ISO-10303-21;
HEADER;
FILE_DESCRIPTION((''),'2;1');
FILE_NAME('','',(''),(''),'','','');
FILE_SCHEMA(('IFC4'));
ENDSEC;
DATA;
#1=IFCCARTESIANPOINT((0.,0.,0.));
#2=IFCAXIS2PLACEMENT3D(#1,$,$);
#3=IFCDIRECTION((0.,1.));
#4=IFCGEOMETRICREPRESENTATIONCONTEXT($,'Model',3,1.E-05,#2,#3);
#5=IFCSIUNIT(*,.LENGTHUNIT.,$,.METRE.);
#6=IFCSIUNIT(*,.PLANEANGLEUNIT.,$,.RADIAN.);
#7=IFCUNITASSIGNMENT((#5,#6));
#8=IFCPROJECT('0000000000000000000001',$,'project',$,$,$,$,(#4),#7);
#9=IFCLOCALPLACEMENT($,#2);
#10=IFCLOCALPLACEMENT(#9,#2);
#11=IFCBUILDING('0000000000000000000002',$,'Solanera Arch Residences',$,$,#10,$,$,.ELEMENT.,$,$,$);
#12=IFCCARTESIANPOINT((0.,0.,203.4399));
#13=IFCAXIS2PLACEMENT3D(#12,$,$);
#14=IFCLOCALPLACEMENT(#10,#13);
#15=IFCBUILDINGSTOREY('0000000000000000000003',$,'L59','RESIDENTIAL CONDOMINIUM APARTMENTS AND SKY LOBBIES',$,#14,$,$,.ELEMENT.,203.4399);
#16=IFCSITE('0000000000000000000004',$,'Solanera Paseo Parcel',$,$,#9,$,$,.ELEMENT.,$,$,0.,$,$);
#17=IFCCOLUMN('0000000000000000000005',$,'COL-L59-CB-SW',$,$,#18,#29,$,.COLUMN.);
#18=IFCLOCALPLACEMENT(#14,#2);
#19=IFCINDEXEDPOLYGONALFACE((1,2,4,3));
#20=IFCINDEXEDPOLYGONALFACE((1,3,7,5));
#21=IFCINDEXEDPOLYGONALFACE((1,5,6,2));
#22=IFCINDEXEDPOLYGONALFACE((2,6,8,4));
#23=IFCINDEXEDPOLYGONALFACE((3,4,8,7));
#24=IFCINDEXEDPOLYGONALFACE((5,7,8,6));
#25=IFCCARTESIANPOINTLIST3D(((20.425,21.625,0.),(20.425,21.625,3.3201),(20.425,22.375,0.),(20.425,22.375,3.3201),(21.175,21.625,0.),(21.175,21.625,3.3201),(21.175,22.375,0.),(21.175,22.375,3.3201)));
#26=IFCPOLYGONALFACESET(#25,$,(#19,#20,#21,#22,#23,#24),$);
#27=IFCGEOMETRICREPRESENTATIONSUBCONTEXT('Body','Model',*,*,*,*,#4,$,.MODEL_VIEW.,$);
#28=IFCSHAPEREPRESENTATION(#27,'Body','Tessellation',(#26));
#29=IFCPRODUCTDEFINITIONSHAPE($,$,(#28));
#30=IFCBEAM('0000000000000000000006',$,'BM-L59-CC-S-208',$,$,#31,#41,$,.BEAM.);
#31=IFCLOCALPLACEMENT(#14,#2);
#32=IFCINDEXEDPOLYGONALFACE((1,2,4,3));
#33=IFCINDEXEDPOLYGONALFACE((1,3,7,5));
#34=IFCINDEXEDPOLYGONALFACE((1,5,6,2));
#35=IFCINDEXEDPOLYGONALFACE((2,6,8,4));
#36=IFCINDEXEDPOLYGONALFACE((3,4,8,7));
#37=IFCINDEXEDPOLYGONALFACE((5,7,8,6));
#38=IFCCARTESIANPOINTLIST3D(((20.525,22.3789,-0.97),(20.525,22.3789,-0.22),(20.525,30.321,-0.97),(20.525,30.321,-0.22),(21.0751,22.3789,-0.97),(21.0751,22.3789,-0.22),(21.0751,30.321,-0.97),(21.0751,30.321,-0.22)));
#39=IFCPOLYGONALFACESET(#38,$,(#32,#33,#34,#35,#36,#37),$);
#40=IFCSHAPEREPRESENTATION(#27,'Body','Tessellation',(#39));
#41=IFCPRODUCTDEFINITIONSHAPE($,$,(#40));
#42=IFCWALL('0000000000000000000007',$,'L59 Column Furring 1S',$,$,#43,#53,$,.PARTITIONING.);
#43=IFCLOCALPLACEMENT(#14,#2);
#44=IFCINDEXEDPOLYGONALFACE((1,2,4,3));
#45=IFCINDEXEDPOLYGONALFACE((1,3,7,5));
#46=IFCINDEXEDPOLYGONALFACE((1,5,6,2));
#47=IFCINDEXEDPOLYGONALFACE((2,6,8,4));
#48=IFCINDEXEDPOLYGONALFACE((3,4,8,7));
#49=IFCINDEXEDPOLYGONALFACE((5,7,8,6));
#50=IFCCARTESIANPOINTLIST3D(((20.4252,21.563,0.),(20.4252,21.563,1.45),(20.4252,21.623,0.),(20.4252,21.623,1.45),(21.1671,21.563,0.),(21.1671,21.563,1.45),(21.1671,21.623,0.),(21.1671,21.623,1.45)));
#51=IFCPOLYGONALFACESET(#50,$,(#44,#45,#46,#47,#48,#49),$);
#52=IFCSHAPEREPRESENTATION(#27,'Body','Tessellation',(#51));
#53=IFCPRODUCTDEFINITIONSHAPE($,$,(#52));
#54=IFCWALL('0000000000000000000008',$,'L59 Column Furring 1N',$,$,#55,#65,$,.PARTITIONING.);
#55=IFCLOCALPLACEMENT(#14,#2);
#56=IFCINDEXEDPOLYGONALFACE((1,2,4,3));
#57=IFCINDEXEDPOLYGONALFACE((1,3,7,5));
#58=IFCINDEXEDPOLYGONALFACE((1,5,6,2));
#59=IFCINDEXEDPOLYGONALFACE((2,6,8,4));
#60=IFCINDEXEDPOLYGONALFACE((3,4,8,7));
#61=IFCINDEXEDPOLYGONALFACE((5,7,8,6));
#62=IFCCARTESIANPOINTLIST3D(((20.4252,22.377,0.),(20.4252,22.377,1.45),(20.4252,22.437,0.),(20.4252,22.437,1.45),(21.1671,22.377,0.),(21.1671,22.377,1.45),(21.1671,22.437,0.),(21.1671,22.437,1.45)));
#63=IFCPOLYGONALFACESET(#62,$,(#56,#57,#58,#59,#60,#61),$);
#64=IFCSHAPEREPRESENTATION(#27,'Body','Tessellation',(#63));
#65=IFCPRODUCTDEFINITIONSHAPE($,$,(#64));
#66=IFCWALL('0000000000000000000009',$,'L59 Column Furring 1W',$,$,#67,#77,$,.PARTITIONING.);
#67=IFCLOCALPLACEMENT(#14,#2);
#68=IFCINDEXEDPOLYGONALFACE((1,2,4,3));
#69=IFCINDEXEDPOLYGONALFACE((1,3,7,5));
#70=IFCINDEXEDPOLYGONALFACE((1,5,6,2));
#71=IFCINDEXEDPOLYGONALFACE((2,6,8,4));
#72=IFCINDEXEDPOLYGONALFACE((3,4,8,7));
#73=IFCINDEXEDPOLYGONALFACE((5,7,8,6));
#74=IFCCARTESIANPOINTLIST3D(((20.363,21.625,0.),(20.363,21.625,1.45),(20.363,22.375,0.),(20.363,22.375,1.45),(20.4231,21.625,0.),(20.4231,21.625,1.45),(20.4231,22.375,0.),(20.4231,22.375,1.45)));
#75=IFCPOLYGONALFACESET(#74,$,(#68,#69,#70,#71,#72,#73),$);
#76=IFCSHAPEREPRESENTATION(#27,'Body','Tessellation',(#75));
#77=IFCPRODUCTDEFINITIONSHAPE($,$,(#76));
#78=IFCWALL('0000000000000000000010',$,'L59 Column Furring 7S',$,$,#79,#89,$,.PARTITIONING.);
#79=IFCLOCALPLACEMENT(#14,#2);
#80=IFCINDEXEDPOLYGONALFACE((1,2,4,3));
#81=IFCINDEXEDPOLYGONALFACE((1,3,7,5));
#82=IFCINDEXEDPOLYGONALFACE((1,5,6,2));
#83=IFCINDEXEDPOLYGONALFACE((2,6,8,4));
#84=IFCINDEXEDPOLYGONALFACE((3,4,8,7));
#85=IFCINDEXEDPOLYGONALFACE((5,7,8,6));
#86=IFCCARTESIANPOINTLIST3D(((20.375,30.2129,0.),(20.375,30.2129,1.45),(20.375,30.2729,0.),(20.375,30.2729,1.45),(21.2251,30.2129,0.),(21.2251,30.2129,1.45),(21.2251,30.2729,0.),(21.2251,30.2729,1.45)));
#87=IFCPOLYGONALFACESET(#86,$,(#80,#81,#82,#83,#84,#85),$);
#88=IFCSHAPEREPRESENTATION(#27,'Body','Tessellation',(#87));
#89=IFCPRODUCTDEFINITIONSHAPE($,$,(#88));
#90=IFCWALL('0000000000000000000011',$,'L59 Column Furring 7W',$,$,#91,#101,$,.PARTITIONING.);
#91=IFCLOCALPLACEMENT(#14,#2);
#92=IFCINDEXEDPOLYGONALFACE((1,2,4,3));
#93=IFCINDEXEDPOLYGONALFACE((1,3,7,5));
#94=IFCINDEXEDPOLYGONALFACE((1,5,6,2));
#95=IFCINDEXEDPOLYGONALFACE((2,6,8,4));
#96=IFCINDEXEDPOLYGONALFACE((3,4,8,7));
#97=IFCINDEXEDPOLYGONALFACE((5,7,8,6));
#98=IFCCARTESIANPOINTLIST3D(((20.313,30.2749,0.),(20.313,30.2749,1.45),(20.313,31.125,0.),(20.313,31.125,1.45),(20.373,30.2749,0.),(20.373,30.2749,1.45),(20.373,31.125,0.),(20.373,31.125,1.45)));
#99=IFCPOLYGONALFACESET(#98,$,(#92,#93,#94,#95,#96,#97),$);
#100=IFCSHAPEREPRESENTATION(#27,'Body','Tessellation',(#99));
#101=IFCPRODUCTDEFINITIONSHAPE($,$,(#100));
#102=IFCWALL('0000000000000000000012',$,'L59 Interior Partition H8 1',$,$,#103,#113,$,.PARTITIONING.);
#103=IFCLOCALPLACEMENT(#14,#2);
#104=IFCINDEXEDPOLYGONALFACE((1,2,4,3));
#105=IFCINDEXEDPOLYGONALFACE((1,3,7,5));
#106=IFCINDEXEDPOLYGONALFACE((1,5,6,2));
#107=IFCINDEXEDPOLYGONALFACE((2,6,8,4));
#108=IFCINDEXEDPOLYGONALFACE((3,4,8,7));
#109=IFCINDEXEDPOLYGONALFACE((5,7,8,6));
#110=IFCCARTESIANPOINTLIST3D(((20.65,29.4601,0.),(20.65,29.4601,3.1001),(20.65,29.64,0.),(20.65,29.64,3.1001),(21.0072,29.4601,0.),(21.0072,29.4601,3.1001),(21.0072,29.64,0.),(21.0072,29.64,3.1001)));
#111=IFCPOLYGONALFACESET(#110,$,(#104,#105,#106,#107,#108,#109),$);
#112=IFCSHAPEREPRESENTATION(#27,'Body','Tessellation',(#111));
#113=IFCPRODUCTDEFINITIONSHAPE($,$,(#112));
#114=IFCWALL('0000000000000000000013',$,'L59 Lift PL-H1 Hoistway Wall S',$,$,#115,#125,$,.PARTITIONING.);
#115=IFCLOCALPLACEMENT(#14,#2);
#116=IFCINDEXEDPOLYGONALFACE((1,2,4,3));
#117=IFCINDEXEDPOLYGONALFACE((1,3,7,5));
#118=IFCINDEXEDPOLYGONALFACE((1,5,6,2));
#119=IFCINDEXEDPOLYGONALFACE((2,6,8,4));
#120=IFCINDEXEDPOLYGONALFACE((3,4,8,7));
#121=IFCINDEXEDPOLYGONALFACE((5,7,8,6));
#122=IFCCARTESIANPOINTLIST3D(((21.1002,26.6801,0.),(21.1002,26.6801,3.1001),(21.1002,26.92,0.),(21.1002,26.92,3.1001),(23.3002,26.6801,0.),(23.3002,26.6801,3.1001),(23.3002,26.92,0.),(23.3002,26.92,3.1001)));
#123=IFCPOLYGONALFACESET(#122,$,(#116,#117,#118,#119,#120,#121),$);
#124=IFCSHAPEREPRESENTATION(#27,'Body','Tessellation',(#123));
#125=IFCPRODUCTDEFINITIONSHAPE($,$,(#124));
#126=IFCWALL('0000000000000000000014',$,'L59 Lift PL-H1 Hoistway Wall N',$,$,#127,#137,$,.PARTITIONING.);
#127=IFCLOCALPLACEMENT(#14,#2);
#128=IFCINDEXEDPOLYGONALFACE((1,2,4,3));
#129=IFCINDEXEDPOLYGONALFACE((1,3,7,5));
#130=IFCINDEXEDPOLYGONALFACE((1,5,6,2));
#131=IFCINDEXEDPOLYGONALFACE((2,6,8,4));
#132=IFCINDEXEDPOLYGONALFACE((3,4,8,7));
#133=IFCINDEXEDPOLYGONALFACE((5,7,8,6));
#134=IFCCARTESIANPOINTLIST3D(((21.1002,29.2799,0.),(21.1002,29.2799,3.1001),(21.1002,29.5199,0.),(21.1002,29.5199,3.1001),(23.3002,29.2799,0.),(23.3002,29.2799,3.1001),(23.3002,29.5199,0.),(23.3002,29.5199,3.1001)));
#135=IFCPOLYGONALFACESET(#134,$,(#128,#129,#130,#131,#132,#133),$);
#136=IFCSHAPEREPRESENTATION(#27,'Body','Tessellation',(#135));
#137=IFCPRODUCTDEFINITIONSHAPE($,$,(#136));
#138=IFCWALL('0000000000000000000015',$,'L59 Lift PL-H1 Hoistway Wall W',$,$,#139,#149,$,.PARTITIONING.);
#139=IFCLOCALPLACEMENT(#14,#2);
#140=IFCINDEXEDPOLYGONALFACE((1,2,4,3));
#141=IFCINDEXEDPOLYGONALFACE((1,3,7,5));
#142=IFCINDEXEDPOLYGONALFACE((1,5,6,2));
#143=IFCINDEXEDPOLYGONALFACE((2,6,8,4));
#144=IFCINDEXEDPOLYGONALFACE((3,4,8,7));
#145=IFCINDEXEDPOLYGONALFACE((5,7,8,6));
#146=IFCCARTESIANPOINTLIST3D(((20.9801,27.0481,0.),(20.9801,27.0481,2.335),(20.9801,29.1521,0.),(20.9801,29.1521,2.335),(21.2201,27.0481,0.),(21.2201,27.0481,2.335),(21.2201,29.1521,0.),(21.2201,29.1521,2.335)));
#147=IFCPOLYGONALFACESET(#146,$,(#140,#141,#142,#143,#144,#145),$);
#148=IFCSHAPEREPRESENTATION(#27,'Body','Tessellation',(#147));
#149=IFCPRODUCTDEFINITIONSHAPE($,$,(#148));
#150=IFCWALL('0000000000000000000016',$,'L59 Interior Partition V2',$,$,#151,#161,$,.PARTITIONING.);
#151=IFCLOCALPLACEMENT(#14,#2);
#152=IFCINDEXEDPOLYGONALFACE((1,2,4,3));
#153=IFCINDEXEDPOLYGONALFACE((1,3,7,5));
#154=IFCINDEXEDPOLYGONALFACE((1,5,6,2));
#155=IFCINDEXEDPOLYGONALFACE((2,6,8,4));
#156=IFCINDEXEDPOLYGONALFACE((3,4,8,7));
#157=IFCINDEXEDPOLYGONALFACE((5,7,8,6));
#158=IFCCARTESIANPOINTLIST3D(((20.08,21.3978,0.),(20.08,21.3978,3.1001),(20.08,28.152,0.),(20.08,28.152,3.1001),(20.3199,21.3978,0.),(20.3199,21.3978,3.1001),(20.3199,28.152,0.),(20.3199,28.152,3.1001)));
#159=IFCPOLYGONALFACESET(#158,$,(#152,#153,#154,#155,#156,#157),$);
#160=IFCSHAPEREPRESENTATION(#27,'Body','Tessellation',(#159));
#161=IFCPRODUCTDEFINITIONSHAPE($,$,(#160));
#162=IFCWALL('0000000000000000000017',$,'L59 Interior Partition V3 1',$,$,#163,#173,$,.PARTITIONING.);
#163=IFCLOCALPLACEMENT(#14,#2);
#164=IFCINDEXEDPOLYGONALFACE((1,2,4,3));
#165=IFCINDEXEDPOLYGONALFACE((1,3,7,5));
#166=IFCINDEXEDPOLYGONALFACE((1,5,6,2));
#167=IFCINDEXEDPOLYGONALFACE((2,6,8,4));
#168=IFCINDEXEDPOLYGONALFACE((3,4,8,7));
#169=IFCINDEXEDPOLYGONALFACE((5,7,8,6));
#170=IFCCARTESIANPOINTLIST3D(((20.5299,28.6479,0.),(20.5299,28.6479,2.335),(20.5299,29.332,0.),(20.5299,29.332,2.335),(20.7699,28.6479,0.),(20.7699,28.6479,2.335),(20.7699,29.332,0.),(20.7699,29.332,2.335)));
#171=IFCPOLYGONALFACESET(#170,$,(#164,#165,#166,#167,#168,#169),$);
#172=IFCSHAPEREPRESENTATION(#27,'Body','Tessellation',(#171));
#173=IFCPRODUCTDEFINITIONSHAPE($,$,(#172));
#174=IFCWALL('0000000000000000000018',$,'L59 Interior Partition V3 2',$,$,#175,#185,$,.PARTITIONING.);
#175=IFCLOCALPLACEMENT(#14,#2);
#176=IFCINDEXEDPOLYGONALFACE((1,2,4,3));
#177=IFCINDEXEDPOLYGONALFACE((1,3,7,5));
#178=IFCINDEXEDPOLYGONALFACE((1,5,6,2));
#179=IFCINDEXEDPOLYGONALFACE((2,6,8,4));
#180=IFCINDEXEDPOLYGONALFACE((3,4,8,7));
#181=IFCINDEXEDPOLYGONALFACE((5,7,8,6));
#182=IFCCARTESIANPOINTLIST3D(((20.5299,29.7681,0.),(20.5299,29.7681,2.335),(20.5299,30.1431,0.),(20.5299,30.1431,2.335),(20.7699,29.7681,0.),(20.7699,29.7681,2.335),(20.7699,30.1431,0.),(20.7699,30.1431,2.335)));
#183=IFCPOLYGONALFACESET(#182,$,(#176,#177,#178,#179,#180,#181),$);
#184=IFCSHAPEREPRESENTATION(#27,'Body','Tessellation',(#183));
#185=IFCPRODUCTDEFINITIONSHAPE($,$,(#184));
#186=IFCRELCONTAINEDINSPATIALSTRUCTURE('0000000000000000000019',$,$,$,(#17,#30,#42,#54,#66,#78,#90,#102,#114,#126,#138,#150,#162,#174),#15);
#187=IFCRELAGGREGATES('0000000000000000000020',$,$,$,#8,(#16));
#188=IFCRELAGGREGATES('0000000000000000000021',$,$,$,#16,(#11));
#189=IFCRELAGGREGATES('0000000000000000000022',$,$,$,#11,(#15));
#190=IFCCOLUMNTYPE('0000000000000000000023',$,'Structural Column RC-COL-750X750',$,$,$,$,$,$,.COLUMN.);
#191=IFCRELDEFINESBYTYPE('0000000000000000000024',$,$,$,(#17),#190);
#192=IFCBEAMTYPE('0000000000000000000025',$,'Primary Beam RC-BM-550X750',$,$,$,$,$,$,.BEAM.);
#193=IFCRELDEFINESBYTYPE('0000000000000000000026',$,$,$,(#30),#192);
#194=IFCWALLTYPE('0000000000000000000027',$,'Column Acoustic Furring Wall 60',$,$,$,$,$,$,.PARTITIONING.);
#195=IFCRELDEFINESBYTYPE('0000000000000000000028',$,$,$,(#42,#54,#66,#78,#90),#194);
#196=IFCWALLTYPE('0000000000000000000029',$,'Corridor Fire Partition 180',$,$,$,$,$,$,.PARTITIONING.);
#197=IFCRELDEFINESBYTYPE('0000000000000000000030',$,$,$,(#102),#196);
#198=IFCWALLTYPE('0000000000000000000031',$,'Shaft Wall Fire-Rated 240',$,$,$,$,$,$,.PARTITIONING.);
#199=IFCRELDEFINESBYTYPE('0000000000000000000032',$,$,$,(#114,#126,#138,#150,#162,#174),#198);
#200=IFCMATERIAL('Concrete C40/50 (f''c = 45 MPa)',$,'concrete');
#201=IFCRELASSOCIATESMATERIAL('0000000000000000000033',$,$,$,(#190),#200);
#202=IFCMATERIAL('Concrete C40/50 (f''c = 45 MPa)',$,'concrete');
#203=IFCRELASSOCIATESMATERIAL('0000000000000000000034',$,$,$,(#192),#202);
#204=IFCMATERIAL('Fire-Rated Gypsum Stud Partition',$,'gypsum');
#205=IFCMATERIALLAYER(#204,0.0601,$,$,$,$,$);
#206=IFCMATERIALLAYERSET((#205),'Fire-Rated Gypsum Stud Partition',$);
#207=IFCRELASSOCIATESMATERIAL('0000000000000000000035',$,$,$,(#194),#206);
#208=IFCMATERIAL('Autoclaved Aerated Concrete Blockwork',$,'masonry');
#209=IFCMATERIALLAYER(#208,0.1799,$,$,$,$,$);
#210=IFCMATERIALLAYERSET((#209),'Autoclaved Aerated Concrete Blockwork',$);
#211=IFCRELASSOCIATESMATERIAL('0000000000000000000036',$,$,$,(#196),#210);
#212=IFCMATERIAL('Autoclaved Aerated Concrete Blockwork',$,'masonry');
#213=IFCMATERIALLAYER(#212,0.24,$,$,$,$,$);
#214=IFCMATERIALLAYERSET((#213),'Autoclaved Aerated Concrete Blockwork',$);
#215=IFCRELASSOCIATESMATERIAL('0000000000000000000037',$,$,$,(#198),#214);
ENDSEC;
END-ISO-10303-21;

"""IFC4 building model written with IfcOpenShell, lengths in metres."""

from ifc_helpers import new_model, si_unit, direction, frame, frame_2d, origin, origin_2d, place, context, subcontext, project, spatial, rectangle, extrude, material, layer, layer_set, material_profile, profile_set, type_object, element, save


model = new_model("IFC4")

# Units and contexts
model_context = context("Model", 3, precision=1e-05, world=origin(), true_north=direction((0.0, 1.0)))
body_context = subcontext(model_context, "Body", "Model", "MODEL_VIEW")
ifc_project = project(units=[si_unit("LENGTHUNIT", "METRE"), si_unit("PLANEANGLEUNIT", "RADIAN")], contexts=[model_context])

# Site, building, storey
site_placement = place(None, origin())
site = spatial("IfcSite", under=ifc_project, at=site_placement, Name="Solanera Paseo Parcel", CompositionType="ELEMENT", RefElevation=0.0)
building_placement = place(site_placement, origin())
building = spatial("IfcBuilding", under=site, at=building_placement, Name="Solanera Arch Residences", CompositionType="ELEMENT")
storey_placement = place(building_placement, frame((0.0, 0.0, 203.4399)))
storey = spatial("IfcBuildingStorey", under=building, at=storey_placement, Name="L59", Description="RESIDENTIAL CONDOMINIUM APARTMENTS AND SKY LOBBIES", CompositionType="ELEMENT", Elevation=203.4399)

# Column
ifc_material_1 = material(Name="Concrete C40/50 (f'c = 45 MPa)", Category="concrete")
ifc_material_profile_1 = material_profile(ifc_material_1, rectangle(XDim=0.75, YDim=0.75, at=origin_2d()))
ifc_profile_set_1 = profile_set([ifc_material_profile_1], Name="Concrete C40/50 (f'c = 45 MPa)")
column_type = type_object("IfcColumnType", Name="Structural Column RC-COL-750X750", PredefinedType="COLUMN", material=ifc_profile_set_1)
column_placement = place(storey_placement, frame((20.8, 22.0, 0.0), z_axis=(0.0, 0.0, 1.0), x_axis=(1.0, 0.0, 0.0)))
element("IfcColumn", 1, at=column_placement, inside=storey, type_object=column_type, Name="COL-L59-CB-SW", PredefinedType="COLUMN", context=body_context, shape_type="SweptSolid", body=[
    extrude(rectangle(XDim=0.75, YDim=0.75, at=origin_2d()), origin(), (0.0, 0.0, 1.0), 3.3201),
])

# Beam
ifc_material_2 = material(Name="Concrete C40/50 (f'c = 45 MPa)", Category="concrete")
ifc_material_profile_2 = material_profile(ifc_material_2, rectangle(XDim=0.55, YDim=0.75, at=origin_2d()))
ifc_profile_set_2 = profile_set([ifc_material_profile_2], Name="Concrete C40/50 (f'c = 45 MPa)")
beam_type = type_object("IfcBeamType", Name="Primary Beam RC-BM-550X750", PredefinedType="BEAM", material=ifc_profile_set_2)
beam_placement = place(storey_placement, frame((20.8, 22.3789, -0.595), z_axis=(0.0, 1.0, 0.0), x_axis=(-1.0, 0.0, 0.0)))
element("IfcBeam", 2, at=beam_placement, inside=storey, type_object=beam_type, Name="BM-L59-CC-S-208", PredefinedType="BEAM", context=body_context, shape_type="SweptSolid", body=[
    extrude(rectangle(XDim=0.55, YDim=0.75, at=origin_2d()), origin(), (0.0, 0.0, 1.0), 7.9421),
])

# Walls
ifc_material_3 = material(Name="Fire-Rated Gypsum Stud Partition", Category="gypsum")
ifc_layer_1 = layer(ifc_material_3, 0.0601)
ifc_layer_set_1 = layer_set([ifc_layer_1], Name="Fire-Rated Gypsum Stud Partition")
wall_type_1 = type_object("IfcWallType", Name="Column Acoustic Furring Wall 60", PredefinedType="PARTITIONING", material=ifc_layer_set_1)
for number, where, z_axis, x_axis, name in (
    (3, (20.425, 21.593, 0.0), (0.0, 0.0, 1.0), (1.0, 0.0, 0.0), "L59 Column Furring 1S"),
    (4, (20.425, 22.407, 0.0), (0.0, 0.0, 1.0), (1.0, 0.0, 0.0), "L59 Column Furring 1N"),
):
    element("IfcWall", number, at=place(storey_placement, frame(where, z_axis=z_axis, x_axis=x_axis)), inside=storey, type_object=wall_type_1, Name=name, PredefinedType="PARTITIONING", context=body_context, shape_type="SweptSolid", body=[
        extrude(rectangle(XDim=0.7419, YDim=0.0601, at=frame_2d((0.3711, 0.0))), origin(), (0.0, 0.0, 1.0), 1.45),
    ])
wall_1_placement = place(storey_placement, frame((20.3931, 21.625, 0.0), z_axis=(0.0, 0.0, 1.0), x_axis=(0.0, 1.0, 0.0)))
element("IfcWall", 5, at=wall_1_placement, inside=storey, type_object=wall_type_1, Name="L59 Column Furring 1W", PredefinedType="PARTITIONING", context=body_context, shape_type="SweptSolid", body=[
    extrude(rectangle(XDim=0.75, YDim=0.0601, at=frame_2d((0.375, 0.0))), origin(), (0.0, 0.0, 1.0), 1.45),
])
for number, where, z_axis, x_axis, name in (
    (6, (20.375, 30.2429, 0.0), (0.0, 0.0, 1.0), (1.0, 0.0, 0.0), "L59 Column Furring 7S"),
    (7, (20.343, 30.2749, 0.0), (0.0, 0.0, 1.0), (0.0, 1.0, 0.0), "L59 Column Furring 7W"),
):
    element("IfcWall", number, at=place(storey_placement, frame(where, z_axis=z_axis, x_axis=x_axis)), inside=storey, type_object=wall_type_1, Name=name, PredefinedType="PARTITIONING", context=body_context, shape_type="SweptSolid", body=[
        extrude(rectangle(XDim=0.8501, YDim=0.0601, at=frame_2d((0.425, 0.0))), origin(), (0.0, 0.0, 1.0), 1.45),
    ])

# Walls
ifc_material_4 = material(Name="Autoclaved Aerated Concrete Blockwork", Category="masonry")
ifc_layer_2 = layer(ifc_material_4, 0.1799)
ifc_layer_set_2 = layer_set([ifc_layer_2], Name="Autoclaved Aerated Concrete Blockwork")
wall_type_2 = type_object("IfcWallType", Name="Corridor Fire Partition 180", PredefinedType="PARTITIONING", material=ifc_layer_set_2)
wall_2_placement = place(storey_placement, frame((20.6499, 29.55, 0.0), z_axis=(0.0, 0.0, 1.0), x_axis=(1.0, 0.0, 0.0)))
element("IfcWall", 8, at=wall_2_placement, inside=storey, type_object=wall_type_2, Name="L59 Interior Partition H8 1", PredefinedType="PARTITIONING", context=body_context, shape_type="SweptSolid", body=[
    extrude(rectangle(XDim=0.3572, YDim=0.1799, at=frame_2d((0.1787, 0.0))), origin(), (0.0, 0.0, 1.0), 3.1001),
])
ifc_material_5 = material(Name="Autoclaved Aerated Concrete Blockwork", Category="masonry")
ifc_layer_3 = layer(ifc_material_5, 0.24)
ifc_layer_set_3 = layer_set([ifc_layer_3], Name="Autoclaved Aerated Concrete Blockwork")
wall_type_3 = type_object("IfcWallType", Name="Shaft Wall Fire-Rated 240", PredefinedType="PARTITIONING", material=ifc_layer_set_3)
for number, where, z_axis, x_axis, name in (
    (9, (21.1001, 26.8, 0.0), (0.0, 0.0, 1.0), (1.0, 0.0, 0.0), "L59 Lift PL-H1 Hoistway Wall S"),
    (10, (21.1001, 29.3999, 0.0), (0.0, 0.0, 1.0), (1.0, 0.0, 0.0), "L59 Lift PL-H1 Hoistway Wall N"),
):
    element("IfcWall", number, at=place(storey_placement, frame(where, z_axis=z_axis, x_axis=x_axis)), inside=storey, type_object=wall_type_3, Name=name, PredefinedType="PARTITIONING", context=body_context, shape_type="SweptSolid", body=[
        extrude(rectangle(XDim=2.2, YDim=0.24, at=frame_2d((1.1001, 0.0))), origin(), (0.0, 0.0, 1.0), 3.1001),
    ])
wall_3_placement = place(storey_placement, frame((21.1001, 27.0481, 0.0), z_axis=(0.0, 0.0, 1.0), x_axis=(0.0, 1.0, 0.0)))
element("IfcWall", 11, at=wall_3_placement, inside=storey, type_object=wall_type_3, Name="L59 Lift PL-H1 Hoistway Wall W", PredefinedType="PARTITIONING", context=body_context, shape_type="SweptSolid", body=[
    extrude(rectangle(XDim=2.104, YDim=0.24, at=frame_2d((1.052, 0.0))), origin(), (0.0, 0.0, 1.0), 2.335),
])

# Walls
wall_4_placement = place(storey_placement, frame((20.2, 21.3979, 0.0), z_axis=(0.0, 0.0, 1.0), x_axis=(0.0, 1.0, 0.0)))
element("IfcWall", 12, at=wall_4_placement, inside=storey, type_object=wall_type_3, Name="L59 Interior Partition V2", PredefinedType="PARTITIONING", context=body_context, shape_type="SweptSolid", body=[
    extrude(rectangle(XDim=6.7542, YDim=0.24, at=frame_2d((3.377, 0.0))), origin(), (0.0, 0.0, 1.0), 3.1001),
])
wall_5_placement = place(storey_placement, frame((20.6499, 28.6479, 0.0), z_axis=(0.0, 0.0, 1.0), x_axis=(0.0, 1.0, 0.0)))
element("IfcWall", 13, at=wall_5_placement, inside=storey, type_object=wall_type_3, Name="L59 Interior Partition V3 1", PredefinedType="PARTITIONING", context=body_context, shape_type="SweptSolid", body=[
    extrude(rectangle(XDim=0.6841, YDim=0.24, at=frame_2d((0.342, 0.0))), origin(), (0.0, 0.0, 1.0), 2.335),
])
wall_6_placement = place(storey_placement, frame((20.6499, 29.7681, 0.0), z_axis=(0.0, 0.0, 1.0), x_axis=(0.0, 1.0, 0.0)))
element("IfcWall", 14, at=wall_6_placement, inside=storey, type_object=wall_type_3, Name="L59 Interior Partition V3 2", PredefinedType="PARTITIONING", context=body_context, shape_type="SweptSolid", body=[
    extrude(rectangle(XDim=0.375, YDim=0.24, at=frame_2d((0.1875, 0.0))), origin(), (0.0, 0.0, 1.0), 2.335),
])

save(model, "model.ifc")
